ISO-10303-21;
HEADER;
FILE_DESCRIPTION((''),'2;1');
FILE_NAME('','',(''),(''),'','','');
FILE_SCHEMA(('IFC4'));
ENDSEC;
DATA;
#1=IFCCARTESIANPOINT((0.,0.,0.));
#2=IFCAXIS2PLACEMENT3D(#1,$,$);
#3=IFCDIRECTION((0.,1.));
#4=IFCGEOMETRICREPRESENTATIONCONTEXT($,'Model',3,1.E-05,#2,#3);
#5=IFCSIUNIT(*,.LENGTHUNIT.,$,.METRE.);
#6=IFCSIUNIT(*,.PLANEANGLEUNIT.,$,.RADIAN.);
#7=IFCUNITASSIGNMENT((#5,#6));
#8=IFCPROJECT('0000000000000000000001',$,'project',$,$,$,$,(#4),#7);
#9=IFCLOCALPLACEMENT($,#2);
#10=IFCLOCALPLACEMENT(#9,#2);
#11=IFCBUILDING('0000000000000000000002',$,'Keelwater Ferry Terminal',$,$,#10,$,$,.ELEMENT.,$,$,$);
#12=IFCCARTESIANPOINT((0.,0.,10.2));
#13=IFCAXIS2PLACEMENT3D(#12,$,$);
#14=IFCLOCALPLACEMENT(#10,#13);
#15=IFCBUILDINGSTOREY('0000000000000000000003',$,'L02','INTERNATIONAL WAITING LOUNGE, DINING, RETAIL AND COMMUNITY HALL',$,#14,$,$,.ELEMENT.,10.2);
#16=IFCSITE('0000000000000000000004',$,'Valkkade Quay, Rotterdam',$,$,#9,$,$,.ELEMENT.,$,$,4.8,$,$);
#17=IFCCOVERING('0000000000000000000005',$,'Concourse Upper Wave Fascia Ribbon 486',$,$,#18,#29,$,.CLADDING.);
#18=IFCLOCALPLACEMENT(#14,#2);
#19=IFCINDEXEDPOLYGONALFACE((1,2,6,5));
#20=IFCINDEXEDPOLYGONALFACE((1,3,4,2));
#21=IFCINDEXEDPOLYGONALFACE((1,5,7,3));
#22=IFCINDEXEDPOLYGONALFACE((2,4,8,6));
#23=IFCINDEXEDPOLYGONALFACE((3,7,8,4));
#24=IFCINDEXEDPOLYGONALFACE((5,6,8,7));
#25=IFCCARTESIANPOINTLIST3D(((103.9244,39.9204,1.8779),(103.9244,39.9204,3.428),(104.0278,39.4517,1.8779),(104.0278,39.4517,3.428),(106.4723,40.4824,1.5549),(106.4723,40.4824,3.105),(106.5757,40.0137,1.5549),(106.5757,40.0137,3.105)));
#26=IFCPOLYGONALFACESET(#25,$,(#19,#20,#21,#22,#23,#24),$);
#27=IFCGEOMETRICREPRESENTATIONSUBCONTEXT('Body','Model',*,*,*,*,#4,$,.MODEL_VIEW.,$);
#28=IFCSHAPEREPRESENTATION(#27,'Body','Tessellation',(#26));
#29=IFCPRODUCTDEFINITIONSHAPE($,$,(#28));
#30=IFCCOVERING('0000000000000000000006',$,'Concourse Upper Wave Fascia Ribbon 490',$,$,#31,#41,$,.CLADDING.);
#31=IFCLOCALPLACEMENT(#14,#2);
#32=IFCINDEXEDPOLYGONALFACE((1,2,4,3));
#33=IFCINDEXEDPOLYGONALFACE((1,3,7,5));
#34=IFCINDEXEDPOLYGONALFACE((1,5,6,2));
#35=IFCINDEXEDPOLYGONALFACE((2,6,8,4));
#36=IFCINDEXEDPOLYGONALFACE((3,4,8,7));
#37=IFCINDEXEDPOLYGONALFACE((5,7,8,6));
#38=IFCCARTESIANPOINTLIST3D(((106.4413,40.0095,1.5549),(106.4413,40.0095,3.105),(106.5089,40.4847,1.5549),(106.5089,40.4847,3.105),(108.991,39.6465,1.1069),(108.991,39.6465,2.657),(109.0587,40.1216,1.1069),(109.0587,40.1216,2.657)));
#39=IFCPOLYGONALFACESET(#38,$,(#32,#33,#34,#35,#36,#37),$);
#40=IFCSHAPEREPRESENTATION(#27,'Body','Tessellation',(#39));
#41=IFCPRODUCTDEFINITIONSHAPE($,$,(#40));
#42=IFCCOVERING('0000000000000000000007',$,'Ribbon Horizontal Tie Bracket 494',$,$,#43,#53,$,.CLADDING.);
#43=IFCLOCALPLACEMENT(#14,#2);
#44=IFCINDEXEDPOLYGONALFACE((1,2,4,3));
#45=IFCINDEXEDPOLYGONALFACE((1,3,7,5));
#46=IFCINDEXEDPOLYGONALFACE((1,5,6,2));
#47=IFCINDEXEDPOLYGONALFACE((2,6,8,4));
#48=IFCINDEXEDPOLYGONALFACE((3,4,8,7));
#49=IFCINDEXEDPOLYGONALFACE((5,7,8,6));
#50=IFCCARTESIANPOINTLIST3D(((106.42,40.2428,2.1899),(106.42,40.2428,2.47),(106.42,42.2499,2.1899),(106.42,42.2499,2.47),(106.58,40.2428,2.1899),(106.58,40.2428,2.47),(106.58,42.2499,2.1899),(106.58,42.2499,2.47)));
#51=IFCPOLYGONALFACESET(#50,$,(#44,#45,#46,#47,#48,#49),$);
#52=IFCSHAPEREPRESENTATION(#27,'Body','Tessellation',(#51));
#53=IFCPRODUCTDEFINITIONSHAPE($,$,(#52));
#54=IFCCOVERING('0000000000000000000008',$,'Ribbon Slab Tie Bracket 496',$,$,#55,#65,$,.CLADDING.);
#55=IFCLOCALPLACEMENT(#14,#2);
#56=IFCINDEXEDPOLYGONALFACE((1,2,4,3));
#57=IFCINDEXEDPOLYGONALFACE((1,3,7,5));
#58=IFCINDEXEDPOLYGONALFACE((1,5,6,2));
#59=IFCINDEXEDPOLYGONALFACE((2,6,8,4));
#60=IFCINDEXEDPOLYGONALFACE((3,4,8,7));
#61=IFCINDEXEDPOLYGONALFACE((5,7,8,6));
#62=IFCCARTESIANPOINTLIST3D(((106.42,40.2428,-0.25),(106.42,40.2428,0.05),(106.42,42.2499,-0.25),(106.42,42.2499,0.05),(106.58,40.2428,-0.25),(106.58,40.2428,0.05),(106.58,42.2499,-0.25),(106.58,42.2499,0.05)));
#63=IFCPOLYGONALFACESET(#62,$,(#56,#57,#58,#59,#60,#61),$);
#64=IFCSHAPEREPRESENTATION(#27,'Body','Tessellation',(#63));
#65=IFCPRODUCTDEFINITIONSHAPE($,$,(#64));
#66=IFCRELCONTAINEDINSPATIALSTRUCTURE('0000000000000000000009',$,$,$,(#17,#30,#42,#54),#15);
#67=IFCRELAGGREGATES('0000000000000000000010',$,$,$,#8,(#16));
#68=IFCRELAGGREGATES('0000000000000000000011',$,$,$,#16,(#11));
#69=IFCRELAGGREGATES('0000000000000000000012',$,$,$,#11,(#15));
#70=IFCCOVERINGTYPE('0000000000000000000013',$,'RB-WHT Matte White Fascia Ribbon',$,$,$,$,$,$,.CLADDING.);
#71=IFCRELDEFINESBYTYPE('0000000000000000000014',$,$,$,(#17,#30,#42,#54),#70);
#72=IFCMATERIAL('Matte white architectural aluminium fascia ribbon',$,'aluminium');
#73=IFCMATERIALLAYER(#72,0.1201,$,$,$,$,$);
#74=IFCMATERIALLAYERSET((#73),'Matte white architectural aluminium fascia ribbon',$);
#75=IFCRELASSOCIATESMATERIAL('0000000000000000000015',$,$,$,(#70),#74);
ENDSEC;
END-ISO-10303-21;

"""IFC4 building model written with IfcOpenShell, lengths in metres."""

from ifc_helpers import new_model, si_unit, direction, frame, frame_2d, origin, place, context, subcontext, project, spatial, polyline, rectangle, outline, extrude, material, layer, layer_set, type_object, element, save


model = new_model("IFC4")

# Units and contexts
model_context = context("Model", 3, precision=1e-05, world=origin(), true_north=direction((0.0, 1.0)))
body_context = subcontext(model_context, "Body", "Model", "MODEL_VIEW")
ifc_project = project(units=[si_unit("LENGTHUNIT", "METRE"), si_unit("PLANEANGLEUNIT", "RADIAN")], contexts=[model_context])

# Site, building, storey
site_placement = place(None, origin())
site = spatial("IfcSite", under=ifc_project, at=site_placement, Name="Valkkade Quay, Rotterdam", CompositionType="ELEMENT", RefElevation=4.8)
building_placement = place(site_placement, origin())
building = spatial("IfcBuilding", under=site, at=building_placement, Name="Keelwater Ferry Terminal", CompositionType="ELEMENT")
storey_placement = place(building_placement, frame((0.0, 0.0, 10.2)))
storey = spatial("IfcBuildingStorey", under=building, at=storey_placement, Name="L02", Description="INTERNATIONAL WAITING LOUNGE, DINING, RETAIL AND COMMUNITY HALL", CompositionType="ELEMENT", Elevation=10.2)

# Coverings
ifc_material_1 = material(Name="Matte white architectural aluminium fascia ribbon", Category="aluminium")
ifc_layer_1 = layer(ifc_material_1, 0.1201)
ifc_layer_set_1 = layer_set([ifc_layer_1], Name="Matte white architectural aluminium fascia ribbon")
covering_type = type_object("IfcCoveringType", Name="RB-WHT Matte White Fascia Ribbon", PredefinedType="CLADDING", material=ifc_layer_set_1)
covering_1_placement = place(storey_placement, frame((103.9761, 39.686, 1.5549), z_axis=(0.0, 0.0, 1.0), x_axis=(0.976525, 0.215404, 0.0)))
element("IfcCovering", 1, at=covering_1_placement, inside=storey, type_object=covering_type, Name="Concourse Upper Wave Fascia Ribbon 486", PredefinedType="CLADDING", context=body_context, shape_type="SweptSolid", body=[
    extrude(outline(polyline([(0.0, 0.323), (2.6091, 0.0), (2.6091, 1.55), (0.0, 1.873), (0.0, 0.323)])), frame((0.0, 0.24, 0.0), z_axis=(0.0, -1.0, 0.0), x_axis=(1.0, 0.0, 0.0)), (0.0, 0.0, 1.0), 0.48),
])
covering_2_placement = place(storey_placement, frame((106.4751, 40.2471, 1.1069), z_axis=(0.0, 0.0, 1.0), x_axis=(0.990016, -0.140957, 0.0)))
element("IfcCovering", 2, at=covering_2_placement, inside=storey, type_object=covering_type, Name="Concourse Upper Wave Fascia Ribbon 490", PredefinedType="CLADDING", context=body_context, shape_type="SweptSolid", body=[
    extrude(outline(polyline([(0.0, 0.448), (2.5754, 0.0), (2.5754, 1.55), (0.0, 1.998), (0.0, 0.448)])), frame((0.0, 0.24, 0.0), z_axis=(0.0, -1.0, 0.0), x_axis=(1.0, 0.0, 0.0)), (0.0, 0.0, 1.0), 0.48),
])
covering_3_placement = place(storey_placement, frame((106.5, 40.2429, 2.1899), z_axis=(0.0, 0.0, 1.0), x_axis=(0.0, 1.0, 0.0)))
element("IfcCovering", 3, at=covering_3_placement, inside=storey, type_object=covering_type, Name="Ribbon Horizontal Tie Bracket 494", PredefinedType="CLADDING", context=body_context, shape_type="SweptSolid", body=[
    extrude(rectangle(XDim=2.0071, YDim=0.1599, at=frame_2d((1.0034, 0.0))), origin(), (0.0, 0.0, 1.0), 0.28),
])
covering_4_placement = place(storey_placement, frame((106.5, 40.2429, -0.25), z_axis=(0.0, 0.0, 1.0), x_axis=(0.0, 1.0, 0.0)))
element("IfcCovering", 4, at=covering_4_placement, inside=storey, type_object=covering_type, Name="Ribbon Slab Tie Bracket 496", PredefinedType="CLADDING", context=body_context, shape_type="SweptSolid", body=[
    extrude(rectangle(XDim=2.0071, YDim=0.1599, at=frame_2d((1.0034, 0.0))), origin(), (0.0, 0.0, 1.0), 0.3),
])

save(model, "model.ifc")
